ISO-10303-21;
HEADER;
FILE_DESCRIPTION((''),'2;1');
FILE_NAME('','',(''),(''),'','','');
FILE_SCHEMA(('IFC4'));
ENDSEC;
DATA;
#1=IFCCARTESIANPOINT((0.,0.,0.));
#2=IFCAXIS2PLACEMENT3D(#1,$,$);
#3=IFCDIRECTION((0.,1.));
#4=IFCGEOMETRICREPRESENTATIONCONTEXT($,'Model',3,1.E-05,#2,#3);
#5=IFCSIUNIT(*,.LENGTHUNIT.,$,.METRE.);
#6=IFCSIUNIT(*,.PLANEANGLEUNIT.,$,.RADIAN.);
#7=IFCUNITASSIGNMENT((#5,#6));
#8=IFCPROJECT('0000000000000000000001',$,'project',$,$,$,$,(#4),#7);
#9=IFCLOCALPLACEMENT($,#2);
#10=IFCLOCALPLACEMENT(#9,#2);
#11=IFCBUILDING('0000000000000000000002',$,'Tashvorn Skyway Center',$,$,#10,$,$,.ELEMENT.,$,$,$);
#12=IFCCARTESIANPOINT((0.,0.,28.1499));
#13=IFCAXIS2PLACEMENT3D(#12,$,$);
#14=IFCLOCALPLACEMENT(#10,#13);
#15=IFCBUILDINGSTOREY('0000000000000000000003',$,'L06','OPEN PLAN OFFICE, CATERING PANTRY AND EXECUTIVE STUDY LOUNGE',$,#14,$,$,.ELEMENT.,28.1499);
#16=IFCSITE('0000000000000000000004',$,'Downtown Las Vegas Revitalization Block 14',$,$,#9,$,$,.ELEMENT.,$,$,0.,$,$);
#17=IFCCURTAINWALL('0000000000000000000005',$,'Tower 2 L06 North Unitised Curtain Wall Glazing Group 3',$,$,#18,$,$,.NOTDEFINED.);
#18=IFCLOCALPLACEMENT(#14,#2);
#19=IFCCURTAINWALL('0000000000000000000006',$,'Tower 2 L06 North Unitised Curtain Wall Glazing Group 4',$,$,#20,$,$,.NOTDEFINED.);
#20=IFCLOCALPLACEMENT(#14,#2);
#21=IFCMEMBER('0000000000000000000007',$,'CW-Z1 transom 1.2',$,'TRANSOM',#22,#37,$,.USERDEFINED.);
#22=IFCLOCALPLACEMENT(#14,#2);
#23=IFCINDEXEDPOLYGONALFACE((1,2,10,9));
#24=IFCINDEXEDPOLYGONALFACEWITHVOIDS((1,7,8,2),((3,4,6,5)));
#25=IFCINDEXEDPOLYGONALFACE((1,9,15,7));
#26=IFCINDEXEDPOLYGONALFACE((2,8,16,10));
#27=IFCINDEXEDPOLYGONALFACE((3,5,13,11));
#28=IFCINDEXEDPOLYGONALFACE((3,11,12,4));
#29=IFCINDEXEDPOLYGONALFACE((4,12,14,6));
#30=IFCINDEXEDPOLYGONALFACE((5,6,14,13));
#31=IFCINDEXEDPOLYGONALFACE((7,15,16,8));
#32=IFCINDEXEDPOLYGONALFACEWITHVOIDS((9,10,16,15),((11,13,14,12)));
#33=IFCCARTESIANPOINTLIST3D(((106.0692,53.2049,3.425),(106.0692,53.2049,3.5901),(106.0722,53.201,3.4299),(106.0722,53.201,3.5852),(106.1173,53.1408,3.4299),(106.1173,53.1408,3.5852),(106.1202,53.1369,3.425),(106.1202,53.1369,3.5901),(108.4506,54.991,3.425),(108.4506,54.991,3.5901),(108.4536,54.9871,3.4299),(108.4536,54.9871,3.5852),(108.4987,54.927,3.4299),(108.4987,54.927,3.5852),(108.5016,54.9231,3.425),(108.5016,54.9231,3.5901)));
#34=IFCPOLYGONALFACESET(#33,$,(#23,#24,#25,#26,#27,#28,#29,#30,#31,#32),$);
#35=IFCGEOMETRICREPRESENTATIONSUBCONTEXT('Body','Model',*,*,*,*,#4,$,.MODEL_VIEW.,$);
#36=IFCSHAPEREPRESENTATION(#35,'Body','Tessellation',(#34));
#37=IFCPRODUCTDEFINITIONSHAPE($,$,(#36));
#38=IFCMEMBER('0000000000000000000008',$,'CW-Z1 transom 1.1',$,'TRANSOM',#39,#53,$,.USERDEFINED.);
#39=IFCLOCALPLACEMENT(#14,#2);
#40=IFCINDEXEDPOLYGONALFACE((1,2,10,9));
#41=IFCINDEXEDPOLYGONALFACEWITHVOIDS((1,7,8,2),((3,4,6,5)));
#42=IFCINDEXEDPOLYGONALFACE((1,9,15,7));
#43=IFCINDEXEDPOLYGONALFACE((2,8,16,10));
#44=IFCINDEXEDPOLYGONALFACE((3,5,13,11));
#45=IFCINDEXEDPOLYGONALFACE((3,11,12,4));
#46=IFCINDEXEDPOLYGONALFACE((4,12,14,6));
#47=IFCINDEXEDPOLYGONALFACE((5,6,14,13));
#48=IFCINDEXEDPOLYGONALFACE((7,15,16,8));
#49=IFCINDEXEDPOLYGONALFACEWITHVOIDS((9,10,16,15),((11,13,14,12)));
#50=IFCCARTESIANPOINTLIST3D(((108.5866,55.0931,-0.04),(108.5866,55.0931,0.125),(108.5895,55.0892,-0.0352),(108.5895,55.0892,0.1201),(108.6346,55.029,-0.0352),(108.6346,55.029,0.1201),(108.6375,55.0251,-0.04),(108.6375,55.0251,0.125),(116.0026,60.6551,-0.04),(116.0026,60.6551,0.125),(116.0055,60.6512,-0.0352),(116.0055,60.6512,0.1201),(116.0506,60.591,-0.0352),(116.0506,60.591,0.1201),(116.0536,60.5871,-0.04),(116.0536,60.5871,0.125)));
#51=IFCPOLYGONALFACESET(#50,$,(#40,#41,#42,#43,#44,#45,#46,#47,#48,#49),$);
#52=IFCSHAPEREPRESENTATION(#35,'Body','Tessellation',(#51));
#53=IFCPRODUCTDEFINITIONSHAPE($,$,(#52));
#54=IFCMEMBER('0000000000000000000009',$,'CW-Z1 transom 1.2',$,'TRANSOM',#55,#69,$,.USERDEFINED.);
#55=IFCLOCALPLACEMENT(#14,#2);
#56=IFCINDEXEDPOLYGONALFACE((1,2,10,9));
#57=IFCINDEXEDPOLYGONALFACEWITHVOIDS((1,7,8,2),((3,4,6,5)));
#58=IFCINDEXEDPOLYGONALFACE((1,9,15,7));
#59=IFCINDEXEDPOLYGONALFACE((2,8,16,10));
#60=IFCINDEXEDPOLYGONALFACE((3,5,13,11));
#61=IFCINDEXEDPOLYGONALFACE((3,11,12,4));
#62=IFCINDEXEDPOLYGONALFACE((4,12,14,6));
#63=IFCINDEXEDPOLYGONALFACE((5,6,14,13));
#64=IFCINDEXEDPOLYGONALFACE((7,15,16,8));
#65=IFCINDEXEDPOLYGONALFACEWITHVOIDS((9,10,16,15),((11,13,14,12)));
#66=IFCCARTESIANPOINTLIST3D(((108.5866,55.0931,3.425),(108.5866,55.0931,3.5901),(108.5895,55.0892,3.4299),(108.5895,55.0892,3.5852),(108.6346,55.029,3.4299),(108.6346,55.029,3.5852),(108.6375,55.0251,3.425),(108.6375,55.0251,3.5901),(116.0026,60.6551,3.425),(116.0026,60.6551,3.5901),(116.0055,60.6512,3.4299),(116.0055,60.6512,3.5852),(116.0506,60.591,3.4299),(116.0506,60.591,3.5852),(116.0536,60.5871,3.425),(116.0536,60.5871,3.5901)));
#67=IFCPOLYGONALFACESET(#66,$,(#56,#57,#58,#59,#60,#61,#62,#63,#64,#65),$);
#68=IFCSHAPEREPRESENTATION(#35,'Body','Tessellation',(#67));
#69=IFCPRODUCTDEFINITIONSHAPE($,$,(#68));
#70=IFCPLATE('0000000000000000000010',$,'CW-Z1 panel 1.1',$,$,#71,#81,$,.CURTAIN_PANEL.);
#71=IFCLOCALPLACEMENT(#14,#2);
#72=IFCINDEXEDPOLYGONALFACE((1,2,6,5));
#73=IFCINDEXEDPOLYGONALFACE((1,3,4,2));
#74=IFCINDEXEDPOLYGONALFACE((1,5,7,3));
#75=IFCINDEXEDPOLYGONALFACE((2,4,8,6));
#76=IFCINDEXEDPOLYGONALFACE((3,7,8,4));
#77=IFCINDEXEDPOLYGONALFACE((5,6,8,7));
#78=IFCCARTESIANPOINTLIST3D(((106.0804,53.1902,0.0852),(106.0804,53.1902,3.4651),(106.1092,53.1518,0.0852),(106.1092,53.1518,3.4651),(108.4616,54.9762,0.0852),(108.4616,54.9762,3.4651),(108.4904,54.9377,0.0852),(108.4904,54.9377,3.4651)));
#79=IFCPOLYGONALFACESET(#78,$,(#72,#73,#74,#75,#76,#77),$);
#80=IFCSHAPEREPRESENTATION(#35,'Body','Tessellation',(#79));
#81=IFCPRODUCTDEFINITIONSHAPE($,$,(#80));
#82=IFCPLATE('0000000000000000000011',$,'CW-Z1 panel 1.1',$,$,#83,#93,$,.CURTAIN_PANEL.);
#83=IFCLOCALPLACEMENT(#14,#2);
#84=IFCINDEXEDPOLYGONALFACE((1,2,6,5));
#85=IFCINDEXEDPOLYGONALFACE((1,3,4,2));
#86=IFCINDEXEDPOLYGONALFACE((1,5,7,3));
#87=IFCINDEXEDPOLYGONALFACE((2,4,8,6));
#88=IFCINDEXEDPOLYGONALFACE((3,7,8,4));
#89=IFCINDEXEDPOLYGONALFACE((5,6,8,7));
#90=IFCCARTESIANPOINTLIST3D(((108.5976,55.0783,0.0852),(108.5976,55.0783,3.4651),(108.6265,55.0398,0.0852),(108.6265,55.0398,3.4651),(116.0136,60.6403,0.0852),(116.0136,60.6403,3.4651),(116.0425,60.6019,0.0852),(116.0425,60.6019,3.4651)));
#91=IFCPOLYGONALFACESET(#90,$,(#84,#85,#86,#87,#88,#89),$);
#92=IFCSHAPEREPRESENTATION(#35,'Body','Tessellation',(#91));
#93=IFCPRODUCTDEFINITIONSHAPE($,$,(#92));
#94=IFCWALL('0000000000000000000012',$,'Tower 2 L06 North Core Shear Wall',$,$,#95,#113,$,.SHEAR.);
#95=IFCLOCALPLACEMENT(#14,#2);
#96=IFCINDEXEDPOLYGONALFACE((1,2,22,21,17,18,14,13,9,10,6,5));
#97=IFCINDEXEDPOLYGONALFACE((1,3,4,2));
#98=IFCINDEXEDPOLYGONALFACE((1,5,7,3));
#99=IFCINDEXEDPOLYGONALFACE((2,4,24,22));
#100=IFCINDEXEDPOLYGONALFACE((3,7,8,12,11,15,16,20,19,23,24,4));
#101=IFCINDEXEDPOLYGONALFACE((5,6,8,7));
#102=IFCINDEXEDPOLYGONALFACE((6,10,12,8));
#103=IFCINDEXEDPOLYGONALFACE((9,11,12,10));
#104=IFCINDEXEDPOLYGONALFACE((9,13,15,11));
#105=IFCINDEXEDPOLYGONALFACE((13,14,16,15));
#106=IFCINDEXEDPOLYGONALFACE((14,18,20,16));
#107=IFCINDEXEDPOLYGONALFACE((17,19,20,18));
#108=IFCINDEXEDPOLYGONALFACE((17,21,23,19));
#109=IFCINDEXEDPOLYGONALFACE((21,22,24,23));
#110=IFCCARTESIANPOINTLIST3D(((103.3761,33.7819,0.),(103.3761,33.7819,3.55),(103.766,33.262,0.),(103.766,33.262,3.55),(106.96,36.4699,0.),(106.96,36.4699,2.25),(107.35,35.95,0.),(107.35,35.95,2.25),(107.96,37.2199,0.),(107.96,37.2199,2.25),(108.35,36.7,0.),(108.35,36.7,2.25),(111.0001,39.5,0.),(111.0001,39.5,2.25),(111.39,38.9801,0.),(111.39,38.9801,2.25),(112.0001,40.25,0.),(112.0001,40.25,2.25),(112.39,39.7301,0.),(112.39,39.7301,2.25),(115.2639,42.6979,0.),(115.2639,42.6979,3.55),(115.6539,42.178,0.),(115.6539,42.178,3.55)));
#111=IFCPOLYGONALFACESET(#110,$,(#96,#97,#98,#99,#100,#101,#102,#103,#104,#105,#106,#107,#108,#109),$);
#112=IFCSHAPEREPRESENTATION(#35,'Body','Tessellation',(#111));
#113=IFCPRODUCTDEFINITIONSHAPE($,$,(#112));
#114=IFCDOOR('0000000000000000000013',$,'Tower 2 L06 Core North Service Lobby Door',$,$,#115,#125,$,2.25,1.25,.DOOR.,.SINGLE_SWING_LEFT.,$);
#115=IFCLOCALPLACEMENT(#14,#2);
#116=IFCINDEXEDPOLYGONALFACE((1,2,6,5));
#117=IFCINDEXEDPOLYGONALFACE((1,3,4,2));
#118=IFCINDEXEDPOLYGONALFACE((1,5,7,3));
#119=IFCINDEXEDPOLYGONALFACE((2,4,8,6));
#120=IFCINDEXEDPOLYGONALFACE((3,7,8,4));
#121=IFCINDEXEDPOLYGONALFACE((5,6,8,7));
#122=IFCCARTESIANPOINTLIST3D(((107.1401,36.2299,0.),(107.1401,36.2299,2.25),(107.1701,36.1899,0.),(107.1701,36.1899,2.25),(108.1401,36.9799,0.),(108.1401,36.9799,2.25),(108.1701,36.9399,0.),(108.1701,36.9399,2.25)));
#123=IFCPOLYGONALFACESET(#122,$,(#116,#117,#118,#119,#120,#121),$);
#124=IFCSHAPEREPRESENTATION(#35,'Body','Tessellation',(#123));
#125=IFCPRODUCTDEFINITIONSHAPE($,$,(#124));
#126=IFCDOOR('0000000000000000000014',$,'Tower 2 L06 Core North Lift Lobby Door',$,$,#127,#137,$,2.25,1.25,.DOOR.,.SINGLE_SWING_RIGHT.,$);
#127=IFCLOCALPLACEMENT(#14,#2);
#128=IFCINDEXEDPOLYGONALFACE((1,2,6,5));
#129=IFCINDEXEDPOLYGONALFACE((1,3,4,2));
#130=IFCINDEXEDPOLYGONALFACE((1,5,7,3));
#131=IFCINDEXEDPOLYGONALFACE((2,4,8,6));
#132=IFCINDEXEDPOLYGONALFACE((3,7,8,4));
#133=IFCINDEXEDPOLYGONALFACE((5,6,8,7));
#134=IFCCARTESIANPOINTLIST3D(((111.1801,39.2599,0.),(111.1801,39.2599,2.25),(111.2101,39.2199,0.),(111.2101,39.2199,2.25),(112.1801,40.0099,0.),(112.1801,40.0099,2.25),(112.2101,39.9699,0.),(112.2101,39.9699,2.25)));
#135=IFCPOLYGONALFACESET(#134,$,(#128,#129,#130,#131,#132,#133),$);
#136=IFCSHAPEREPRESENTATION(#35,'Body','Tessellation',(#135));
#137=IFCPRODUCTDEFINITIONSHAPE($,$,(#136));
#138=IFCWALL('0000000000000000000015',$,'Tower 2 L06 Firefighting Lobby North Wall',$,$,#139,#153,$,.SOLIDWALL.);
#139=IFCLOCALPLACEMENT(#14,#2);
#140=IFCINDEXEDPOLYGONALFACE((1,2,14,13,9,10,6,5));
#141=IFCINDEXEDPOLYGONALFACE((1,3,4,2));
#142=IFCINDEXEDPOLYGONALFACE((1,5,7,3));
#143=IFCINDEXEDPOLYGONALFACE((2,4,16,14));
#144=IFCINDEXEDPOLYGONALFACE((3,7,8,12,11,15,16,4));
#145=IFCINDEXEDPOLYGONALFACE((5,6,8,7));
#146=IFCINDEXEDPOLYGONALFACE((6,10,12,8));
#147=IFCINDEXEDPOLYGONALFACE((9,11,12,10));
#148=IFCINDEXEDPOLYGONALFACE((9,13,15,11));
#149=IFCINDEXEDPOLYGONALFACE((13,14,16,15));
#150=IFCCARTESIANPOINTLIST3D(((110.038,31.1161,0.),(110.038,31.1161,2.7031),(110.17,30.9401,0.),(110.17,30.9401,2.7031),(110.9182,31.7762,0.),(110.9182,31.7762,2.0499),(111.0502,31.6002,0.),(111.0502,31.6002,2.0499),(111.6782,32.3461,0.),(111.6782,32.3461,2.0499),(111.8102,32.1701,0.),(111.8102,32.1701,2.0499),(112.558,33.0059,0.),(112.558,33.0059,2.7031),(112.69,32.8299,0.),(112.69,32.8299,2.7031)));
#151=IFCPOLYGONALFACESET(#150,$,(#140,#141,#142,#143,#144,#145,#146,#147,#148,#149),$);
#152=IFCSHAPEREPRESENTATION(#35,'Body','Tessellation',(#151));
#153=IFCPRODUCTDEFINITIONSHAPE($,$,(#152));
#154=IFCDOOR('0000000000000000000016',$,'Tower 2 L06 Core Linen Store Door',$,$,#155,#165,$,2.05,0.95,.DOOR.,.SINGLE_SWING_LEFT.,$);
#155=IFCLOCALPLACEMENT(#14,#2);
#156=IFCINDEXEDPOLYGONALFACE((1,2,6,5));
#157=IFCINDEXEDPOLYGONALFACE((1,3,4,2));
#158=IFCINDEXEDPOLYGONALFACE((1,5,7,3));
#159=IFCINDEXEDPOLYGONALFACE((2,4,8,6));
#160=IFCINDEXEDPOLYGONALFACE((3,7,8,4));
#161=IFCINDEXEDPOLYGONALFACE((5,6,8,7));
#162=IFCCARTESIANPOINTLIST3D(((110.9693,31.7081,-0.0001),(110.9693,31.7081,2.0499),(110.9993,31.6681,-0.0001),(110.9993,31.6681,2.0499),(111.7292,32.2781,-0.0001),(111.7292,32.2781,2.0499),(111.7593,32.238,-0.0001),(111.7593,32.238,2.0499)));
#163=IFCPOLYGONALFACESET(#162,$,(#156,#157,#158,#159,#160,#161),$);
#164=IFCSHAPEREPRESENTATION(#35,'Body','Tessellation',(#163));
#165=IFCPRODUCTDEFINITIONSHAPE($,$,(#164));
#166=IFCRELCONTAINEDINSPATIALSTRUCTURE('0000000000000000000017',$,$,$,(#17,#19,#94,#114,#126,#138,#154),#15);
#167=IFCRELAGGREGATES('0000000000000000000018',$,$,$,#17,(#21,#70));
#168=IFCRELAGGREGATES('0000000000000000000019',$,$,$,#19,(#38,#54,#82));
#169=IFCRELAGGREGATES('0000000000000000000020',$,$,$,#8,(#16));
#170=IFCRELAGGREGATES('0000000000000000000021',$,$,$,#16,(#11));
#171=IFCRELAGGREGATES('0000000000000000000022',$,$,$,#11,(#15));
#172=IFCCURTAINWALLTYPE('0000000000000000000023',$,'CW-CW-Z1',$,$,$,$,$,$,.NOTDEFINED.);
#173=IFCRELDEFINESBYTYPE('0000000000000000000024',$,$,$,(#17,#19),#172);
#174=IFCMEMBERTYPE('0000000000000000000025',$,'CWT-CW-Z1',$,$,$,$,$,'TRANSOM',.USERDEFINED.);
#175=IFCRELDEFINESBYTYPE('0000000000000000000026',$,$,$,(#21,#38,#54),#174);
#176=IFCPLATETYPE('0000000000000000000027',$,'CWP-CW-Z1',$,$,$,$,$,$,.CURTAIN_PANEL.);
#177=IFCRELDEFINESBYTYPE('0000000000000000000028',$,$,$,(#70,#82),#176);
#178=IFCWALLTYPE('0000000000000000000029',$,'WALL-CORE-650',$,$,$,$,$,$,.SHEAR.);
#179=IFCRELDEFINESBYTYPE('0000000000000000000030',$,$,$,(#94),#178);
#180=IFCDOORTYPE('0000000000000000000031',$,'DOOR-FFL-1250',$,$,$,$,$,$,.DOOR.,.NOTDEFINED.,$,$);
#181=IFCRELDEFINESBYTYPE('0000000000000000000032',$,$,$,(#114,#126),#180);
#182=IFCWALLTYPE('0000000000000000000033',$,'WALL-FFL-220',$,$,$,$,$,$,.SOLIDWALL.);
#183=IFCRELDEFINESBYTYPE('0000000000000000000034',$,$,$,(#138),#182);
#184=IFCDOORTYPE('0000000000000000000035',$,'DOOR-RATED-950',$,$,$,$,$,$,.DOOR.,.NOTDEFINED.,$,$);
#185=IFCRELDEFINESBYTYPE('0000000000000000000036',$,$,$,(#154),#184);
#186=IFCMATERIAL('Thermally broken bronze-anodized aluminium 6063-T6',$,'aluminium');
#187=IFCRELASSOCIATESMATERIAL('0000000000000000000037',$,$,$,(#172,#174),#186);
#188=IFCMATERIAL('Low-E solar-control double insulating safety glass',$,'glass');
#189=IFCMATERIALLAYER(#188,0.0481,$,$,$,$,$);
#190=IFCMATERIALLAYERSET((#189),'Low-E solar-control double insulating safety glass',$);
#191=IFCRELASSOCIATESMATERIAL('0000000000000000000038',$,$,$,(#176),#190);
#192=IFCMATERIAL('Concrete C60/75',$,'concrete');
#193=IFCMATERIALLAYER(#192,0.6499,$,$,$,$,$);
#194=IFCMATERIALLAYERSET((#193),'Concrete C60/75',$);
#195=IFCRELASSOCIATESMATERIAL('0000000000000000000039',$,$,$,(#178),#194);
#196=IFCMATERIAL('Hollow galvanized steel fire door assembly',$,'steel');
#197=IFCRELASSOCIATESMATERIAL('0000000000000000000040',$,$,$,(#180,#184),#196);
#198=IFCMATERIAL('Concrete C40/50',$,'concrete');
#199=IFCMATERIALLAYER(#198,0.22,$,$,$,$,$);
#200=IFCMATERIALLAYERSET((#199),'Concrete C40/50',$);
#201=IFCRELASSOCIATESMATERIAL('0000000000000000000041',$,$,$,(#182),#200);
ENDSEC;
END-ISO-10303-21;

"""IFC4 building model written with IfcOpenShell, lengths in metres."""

from ifc_helpers import new_model, si_unit, direction, frame, frame_2d, origin, origin_2d, place, context, subcontext, project, spatial, rectangle, hollow_rectangle, extrude, material, layer, layer_set, material_profile, profile_set, type_object, element, fill, aggregate, save


model = new_model("IFC4")

# Units and contexts
model_context = context("Model", 3, precision=1e-05, world=origin(), true_north=direction((0.0, 1.0)))
body_context = subcontext(model_context, "Body", "Model", "MODEL_VIEW")
ifc_project = project(units=[si_unit("LENGTHUNIT", "METRE"), si_unit("PLANEANGLEUNIT", "RADIAN")], contexts=[model_context])

# Site, building, storey
site_placement = place(None, origin())
site = spatial("IfcSite", under=ifc_project, at=site_placement, Name="Downtown Las Vegas Revitalization Block 14", CompositionType="ELEMENT", RefElevation=0.0)
building_placement = place(site_placement, origin())
building = spatial("IfcBuilding", under=site, at=building_placement, Name="Tashvorn Skyway Center", CompositionType="ELEMENT")
storey_placement = place(building_placement, frame((0.0, 0.0, 28.1499)))
storey = spatial("IfcBuildingStorey", under=building, at=storey_placement, Name="L06", Description="OPEN PLAN OFFICE, CATERING PANTRY AND EXECUTIVE STUDY LOUNGE", CompositionType="ELEMENT", Elevation=28.1499)

# Curtain wall
ifc_material_1 = material(Name="Thermally broken bronze-anodized aluminium 6063-T6", Category="aluminium")
curtain_wall_type = type_object("IfcCurtainWallType", Name="CW-CW-Z1", PredefinedType="NOTDEFINED", material=ifc_material_1)
curtain_wall_1_placement = place(storey_placement, origin())
curtain_wall_1 = element("IfcCurtainWall", 1, at=curtain_wall_1_placement, inside=storey, type_object=curtain_wall_type, Name="Tower 2 L06 North Unitised Curtain Wall Glazing Group 3", PredefinedType="NOTDEFINED")

# Curtain wall
curtain_wall_2_placement = place(storey_placement, origin())
curtain_wall_2 = element("IfcCurtainWall", 2, at=curtain_wall_2_placement, inside=storey, type_object=curtain_wall_type, Name="Tower 2 L06 North Unitised Curtain Wall Glazing Group 4", PredefinedType="NOTDEFINED")

# Members
ifc_material_profile_1 = material_profile(ifc_material_1, hollow_rectangle(XDim=0.085, YDim=0.165, WallThickness=0.0049, at=origin_2d()), Name="ALU-TRAN-85x165")
ifc_profile_set_1 = profile_set([ifc_material_profile_1], Name="Thermally broken bronze-anodized aluminium 6063-T6")
member_type_1 = type_object("IfcMemberType", Name="CWT-CW-Z1", ElementType="TRANSOM", PredefinedType="USERDEFINED", material=ifc_profile_set_1)
member_1_placement = place(storey_placement, frame((106.0947, 53.1709, 3.5076), z_axis=(0.79998, 0.600026, 0.0), x_axis=(-0.600026, 0.79998, 0.0)))
member_1 = element("IfcMember", 3, at=member_1_placement, type_object=member_type_1, Name="CW-Z1 transom 1.2", ObjectType="TRANSOM", PredefinedType="USERDEFINED", context=body_context, shape_type="SweptSolid", body=[
    extrude(hollow_rectangle(XDim=0.085, YDim=0.165, WallThickness=0.0049, at=origin_2d()), origin(), (0.0, 0.0, 1.0), 2.9768),
])
member_2_placement = place(storey_placement, frame((108.6121, 55.0591, 0.0425), z_axis=(0.8, 0.6, 0.0), x_axis=(-0.6, 0.8, 0.0)))
member_2 = element("IfcMember", 4, at=member_2_placement, type_object=member_type_1, Name="CW-Z1 transom 1.1", ObjectType="TRANSOM", PredefinedType="USERDEFINED", context=body_context, shape_type="SweptSolid", body=[
    extrude(hollow_rectangle(XDim=0.085, YDim=0.165, WallThickness=0.0049, at=origin_2d()), origin(), (0.0, 0.0, 1.0), 9.27),
])
member_3_placement = place(storey_placement, frame((108.6121, 55.0591, 3.5076), z_axis=(0.8, 0.6, 0.0), x_axis=(-0.6, 0.8, 0.0)))
member_3 = element("IfcMember", 5, at=member_3_placement, type_object=member_type_1, Name="CW-Z1 transom 1.2", ObjectType="TRANSOM", PredefinedType="USERDEFINED", context=body_context, shape_type="SweptSolid", body=[
    extrude(hollow_rectangle(XDim=0.085, YDim=0.165, WallThickness=0.0049, at=origin_2d()), origin(), (0.0, 0.0, 1.0), 9.27),
])

# Plates
ifc_material_2 = material(Name="Low-E solar-control double insulating safety glass", Category="glass")
ifc_layer_1 = layer(ifc_material_2, 0.0481)
ifc_layer_set_1 = layer_set([ifc_layer_1], Name="Low-E solar-control double insulating safety glass")
plate_type = type_object("IfcPlateType", Name="CWP-CW-Z1", PredefinedType="CURTAIN_PANEL", material=ifc_layer_set_1)
plate_1_placement = place(storey_placement, frame((107.2854, 54.064, 0.0852), z_axis=(0.0, 0.0, 1.0), x_axis=(0.799996, 0.600005, 0.0)))
plate_1 = element("IfcPlate", 6, at=plate_1_placement, type_object=plate_type, Name="CW-Z1 panel 1.1", PredefinedType="CURTAIN_PANEL", context=body_context, shape_type="SweptSolid", body=[
    extrude(rectangle(XDim=2.9766, YDim=0.0481, at=origin_2d()), origin(), (0.0, 0.0, 1.0), 3.3799),
])
aggregate(curtain_wall_1, [member_1, plate_1])
plate_2_placement = place(storey_placement, frame((112.3201, 57.8401, 0.0852), z_axis=(0.0, 0.0, 1.0), x_axis=(0.8, 0.6, 0.0)))
plate_2 = element("IfcPlate", 7, at=plate_2_placement, type_object=plate_type, Name="CW-Z1 panel 1.1", PredefinedType="CURTAIN_PANEL", context=body_context, shape_type="SweptSolid", body=[
    extrude(rectangle(XDim=9.27, YDim=0.0481, at=origin_2d()), origin(), (0.0, 0.0, 1.0), 3.3799),
])
aggregate(curtain_wall_2, [member_2, member_3, plate_2])

# Wall, openings, doors
ifc_material_3 = material(Name="Concrete C60/75", Category="concrete")
ifc_layer_2 = layer(ifc_material_3, 0.6499)
ifc_layer_set_2 = layer_set([ifc_layer_2], Name="Concrete C60/75")
wall_type_1 = type_object("IfcWallType", Name="WALL-CORE-650", PredefinedType="SHEAR", material=ifc_layer_set_2)
wall_1_placement = place(storey_placement, frame((103.571, 33.522, 0.0), z_axis=(0.0, 0.0, 1.0), x_axis=(0.799998, 0.600003, 0.0)))
wall_1 = element("IfcWall", 8, at=wall_1_placement, inside=storey, type_object=wall_type_1, Name="Tower 2 L06 North Core Shear Wall", PredefinedType="SHEAR", context=body_context, shape_type="SweptSolid", body=[
    extrude(rectangle(XDim=14.8599, YDim=0.6499, at=frame_2d((7.4299, 0.0))), origin(), (0.0, 0.0, 1.0), 3.55),
])
opening_1_placement = place(wall_1_placement, frame((4.48, 0.0, 0.0)))
opening_1 = element("IfcOpeningElement", 9, at=opening_1_placement, cuts=wall_1, PredefinedType="OPENING", context=body_context, shape_type="SweptSolid", body=[
    extrude(rectangle(XDim=1.25, YDim=2.25, at=frame_2d((0.625, 1.125))), frame((0.0, 0.335, 0.0), z_axis=(0.0, -1.0, 0.0), x_axis=(1.0, 0.0, 0.0)), (0.0, 0.0, 1.0), 0.6699),
])
opening_2_placement = place(wall_1_placement, frame((9.53, 0.0, 0.0)))
opening_2 = element("IfcOpeningElement", 10, at=opening_2_placement, cuts=wall_1, PredefinedType="OPENING", context=body_context, shape_type="SweptSolid", body=[
    extrude(rectangle(XDim=1.25, YDim=2.25, at=frame_2d((0.625, 1.125))), frame((0.0, 0.335, 0.0), z_axis=(0.0, -1.0, 0.0), x_axis=(1.0, 0.0, 0.0)), (0.0, 0.0, 1.0), 0.6699),
])
ifc_material_4 = material(Name="Hollow galvanized steel fire door assembly", Category="steel")
door_type_1 = type_object("IfcDoorType", Name="DOOR-FFL-1250", OperationType="NOTDEFINED", PredefinedType="DOOR", material=ifc_material_4)
door_1_placement = place(opening_1_placement, origin())
door_1 = element("IfcDoor", 11, at=door_1_placement, inside=storey, type_object=door_type_1, Name="Tower 2 L06 Core North Service Lobby Door", OperationType="SINGLE_SWING_LEFT", OverallHeight=2.25, OverallWidth=1.25, PredefinedType="DOOR", context=body_context, shape_type="SweptSolid", body=[
    extrude(rectangle(XDim=1.25, YDim=2.25, at=frame_2d((0.625, 1.125))), frame((0.0, 0.0249, 0.0), z_axis=(0.0, -1.0, 0.0), x_axis=(1.0, 0.0, 0.0)), (0.0, 0.0, 1.0), 0.05),
])
fill(opening_1, door_1)
door_2_placement = place(opening_2_placement, origin())
door_2 = element("IfcDoor", 12, at=door_2_placement, inside=storey, type_object=door_type_1, Name="Tower 2 L06 Core North Lift Lobby Door", OperationType="SINGLE_SWING_RIGHT", OverallHeight=2.25, OverallWidth=1.25, PredefinedType="DOOR", context=body_context, shape_type="SweptSolid", body=[
    extrude(rectangle(XDim=1.25, YDim=2.25, at=frame_2d((0.625, 1.125))), frame((0.0, 0.0249, 0.0), z_axis=(0.0, -1.0, 0.0), x_axis=(1.0, 0.0, 0.0)), (0.0, 0.0, 1.0), 0.05),
])
fill(opening_2, door_2)

# Wall, opening, door
ifc_material_5 = material(Name="Concrete C40/50", Category="concrete")
ifc_layer_3 = layer(ifc_material_5, 0.22)
ifc_layer_set_3 = layer_set([ifc_layer_3], Name="Concrete C40/50")
wall_type_2 = type_object("IfcWallType", Name="WALL-FFL-220", PredefinedType="SOLIDWALL", material=ifc_layer_set_3)
wall_2_placement = place(storey_placement, frame((110.104, 31.0281, 0.0), z_axis=(0.0, 0.0, 1.0), x_axis=(0.800019, 0.599975, 0.0)))
wall_2 = element("IfcWall", 13, at=wall_2_placement, inside=storey, type_object=wall_type_2, Name="Tower 2 L06 Firefighting Lobby North Wall", PredefinedType="SOLIDWALL", context=body_context, shape_type="SweptSolid", body=[
    extrude(rectangle(XDim=3.1499, YDim=0.22, at=frame_2d((1.575, 0.0))), origin(), (0.0, 0.0, 1.0), 2.7031),
])
opening_3_placement = place(wall_2_placement, frame((1.1001, 0.0, 0.0)))
opening_3 = element("IfcOpeningElement", 14, at=opening_3_placement, cuts=wall_2, PredefinedType="OPENING", context=body_context, shape_type="SweptSolid", body=[
    extrude(rectangle(XDim=0.95, YDim=2.05, at=frame_2d((0.4751, 1.0249))), frame((0.0, 0.1199, 0.0), z_axis=(0.0, -1.0, 0.0), x_axis=(1.0, 0.0, 0.0)), (0.0, 0.0, 1.0), 0.24),
])
door_type_2 = type_object("IfcDoorType", Name="DOOR-RATED-950", OperationType="NOTDEFINED", PredefinedType="DOOR", material=ifc_material_4)
door_3_placement = place(opening_3_placement, origin())
door_3 = element("IfcDoor", 15, at=door_3_placement, inside=storey, type_object=door_type_2, Name="Tower 2 L06 Core Linen Store Door", OperationType="SINGLE_SWING_LEFT", OverallHeight=2.05, OverallWidth=0.95, PredefinedType="DOOR", context=body_context, shape_type="SweptSolid", body=[
    extrude(rectangle(XDim=0.95, YDim=2.05, at=frame_2d((0.4751, 1.0249))), frame((0.0, 0.0249, 0.0), z_axis=(0.0, -1.0, 0.0), x_axis=(1.0, 0.0, 0.0)), (0.0, 0.0, 1.0), 0.05),
])
fill(opening_3, door_3)

save(model, "model.ifc")
